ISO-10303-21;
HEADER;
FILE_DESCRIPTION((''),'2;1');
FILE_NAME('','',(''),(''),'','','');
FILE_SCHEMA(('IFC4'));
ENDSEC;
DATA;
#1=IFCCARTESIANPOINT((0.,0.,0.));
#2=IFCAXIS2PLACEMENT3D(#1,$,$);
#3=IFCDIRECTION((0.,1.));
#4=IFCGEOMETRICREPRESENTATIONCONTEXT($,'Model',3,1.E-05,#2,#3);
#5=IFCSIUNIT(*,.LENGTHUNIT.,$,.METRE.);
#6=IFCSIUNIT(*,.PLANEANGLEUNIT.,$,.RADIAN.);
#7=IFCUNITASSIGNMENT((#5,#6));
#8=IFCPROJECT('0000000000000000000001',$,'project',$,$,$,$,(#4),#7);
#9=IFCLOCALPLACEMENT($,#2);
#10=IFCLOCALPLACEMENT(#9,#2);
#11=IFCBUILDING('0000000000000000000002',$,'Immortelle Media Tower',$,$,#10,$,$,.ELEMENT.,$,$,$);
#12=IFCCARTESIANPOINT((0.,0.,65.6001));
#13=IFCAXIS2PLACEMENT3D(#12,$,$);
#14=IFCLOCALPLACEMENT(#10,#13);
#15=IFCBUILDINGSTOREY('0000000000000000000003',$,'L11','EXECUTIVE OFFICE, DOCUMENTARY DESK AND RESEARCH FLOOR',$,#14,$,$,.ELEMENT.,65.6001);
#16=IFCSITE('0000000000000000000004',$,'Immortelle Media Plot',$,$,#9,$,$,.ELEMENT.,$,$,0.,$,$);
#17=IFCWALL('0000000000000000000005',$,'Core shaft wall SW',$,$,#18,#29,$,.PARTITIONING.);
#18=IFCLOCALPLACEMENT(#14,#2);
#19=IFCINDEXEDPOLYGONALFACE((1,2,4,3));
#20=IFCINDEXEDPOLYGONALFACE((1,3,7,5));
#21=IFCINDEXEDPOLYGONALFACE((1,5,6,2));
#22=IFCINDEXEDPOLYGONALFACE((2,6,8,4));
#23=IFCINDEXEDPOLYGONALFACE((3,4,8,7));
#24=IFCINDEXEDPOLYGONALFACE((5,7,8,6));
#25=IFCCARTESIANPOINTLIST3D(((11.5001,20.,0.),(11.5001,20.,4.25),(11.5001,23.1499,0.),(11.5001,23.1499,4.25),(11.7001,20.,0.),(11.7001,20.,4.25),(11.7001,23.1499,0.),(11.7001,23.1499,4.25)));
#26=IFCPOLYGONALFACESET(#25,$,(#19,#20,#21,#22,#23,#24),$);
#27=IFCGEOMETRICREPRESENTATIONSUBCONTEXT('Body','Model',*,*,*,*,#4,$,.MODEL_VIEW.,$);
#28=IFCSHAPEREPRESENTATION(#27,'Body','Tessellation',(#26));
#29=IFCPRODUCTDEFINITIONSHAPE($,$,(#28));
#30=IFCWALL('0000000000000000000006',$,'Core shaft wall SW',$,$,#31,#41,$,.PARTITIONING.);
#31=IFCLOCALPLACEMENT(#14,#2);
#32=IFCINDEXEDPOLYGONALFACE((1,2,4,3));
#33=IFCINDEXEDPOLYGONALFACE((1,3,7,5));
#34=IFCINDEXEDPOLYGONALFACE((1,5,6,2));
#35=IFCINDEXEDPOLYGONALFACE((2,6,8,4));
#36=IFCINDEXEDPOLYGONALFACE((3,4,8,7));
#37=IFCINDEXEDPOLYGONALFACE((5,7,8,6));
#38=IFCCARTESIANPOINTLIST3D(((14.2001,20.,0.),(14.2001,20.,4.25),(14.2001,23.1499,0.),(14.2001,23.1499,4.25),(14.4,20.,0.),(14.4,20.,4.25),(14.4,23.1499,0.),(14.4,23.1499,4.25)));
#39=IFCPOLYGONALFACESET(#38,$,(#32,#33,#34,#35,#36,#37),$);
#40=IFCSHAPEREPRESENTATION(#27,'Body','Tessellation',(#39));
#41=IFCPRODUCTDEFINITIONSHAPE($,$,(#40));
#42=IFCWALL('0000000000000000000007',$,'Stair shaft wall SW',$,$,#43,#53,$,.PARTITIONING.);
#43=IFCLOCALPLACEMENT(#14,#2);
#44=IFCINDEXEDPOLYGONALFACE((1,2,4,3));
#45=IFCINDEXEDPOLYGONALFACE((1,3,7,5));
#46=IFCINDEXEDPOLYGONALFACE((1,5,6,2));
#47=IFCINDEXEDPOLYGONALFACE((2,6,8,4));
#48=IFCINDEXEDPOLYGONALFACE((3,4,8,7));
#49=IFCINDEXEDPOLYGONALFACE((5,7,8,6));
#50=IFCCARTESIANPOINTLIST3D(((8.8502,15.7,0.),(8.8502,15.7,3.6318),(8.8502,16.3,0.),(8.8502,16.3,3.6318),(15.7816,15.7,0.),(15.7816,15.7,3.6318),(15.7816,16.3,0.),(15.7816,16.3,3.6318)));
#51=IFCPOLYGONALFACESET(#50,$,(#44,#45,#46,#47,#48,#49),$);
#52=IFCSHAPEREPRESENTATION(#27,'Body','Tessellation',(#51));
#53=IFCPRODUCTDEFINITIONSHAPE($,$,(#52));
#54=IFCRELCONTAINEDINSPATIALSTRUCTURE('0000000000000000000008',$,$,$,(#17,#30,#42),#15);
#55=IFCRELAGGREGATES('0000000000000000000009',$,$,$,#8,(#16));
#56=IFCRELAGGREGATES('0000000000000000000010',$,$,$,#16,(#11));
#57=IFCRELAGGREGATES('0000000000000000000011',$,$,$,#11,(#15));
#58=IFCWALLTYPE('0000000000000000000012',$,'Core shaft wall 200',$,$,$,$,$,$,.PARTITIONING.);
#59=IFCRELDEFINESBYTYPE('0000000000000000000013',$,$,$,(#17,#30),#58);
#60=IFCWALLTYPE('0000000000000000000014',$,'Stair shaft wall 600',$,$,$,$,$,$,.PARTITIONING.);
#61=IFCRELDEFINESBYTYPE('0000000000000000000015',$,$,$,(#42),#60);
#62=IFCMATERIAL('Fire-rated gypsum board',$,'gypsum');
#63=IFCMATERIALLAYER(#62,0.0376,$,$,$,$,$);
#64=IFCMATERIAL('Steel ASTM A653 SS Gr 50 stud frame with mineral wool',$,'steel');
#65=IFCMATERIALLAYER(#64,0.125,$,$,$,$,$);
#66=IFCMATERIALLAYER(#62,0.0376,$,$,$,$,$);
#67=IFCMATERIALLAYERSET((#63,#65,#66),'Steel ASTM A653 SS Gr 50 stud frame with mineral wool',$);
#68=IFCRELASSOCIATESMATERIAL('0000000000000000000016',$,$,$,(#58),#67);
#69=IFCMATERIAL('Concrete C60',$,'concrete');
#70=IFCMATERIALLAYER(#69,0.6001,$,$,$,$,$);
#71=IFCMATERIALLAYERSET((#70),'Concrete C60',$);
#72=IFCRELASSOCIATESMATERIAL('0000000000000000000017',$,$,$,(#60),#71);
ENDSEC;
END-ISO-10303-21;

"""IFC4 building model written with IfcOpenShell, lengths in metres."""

from ifc_helpers import new_model, si_unit, direction, frame, frame_2d, origin, place, context, subcontext, project, spatial, rectangle, extrude, material, layer, layer_set, type_object, element, save


model = new_model("IFC4")

# Units and contexts
model_context = context("Model", 3, precision=1e-05, world=origin(), true_north=direction((0.0, 1.0)))
body_context = subcontext(model_context, "Body", "Model", "MODEL_VIEW")
ifc_project = project(units=[si_unit("LENGTHUNIT", "METRE"), si_unit("PLANEANGLEUNIT", "RADIAN")], contexts=[model_context])

# Site, building, storey
site_placement = place(None, origin())
site = spatial("IfcSite", under=ifc_project, at=site_placement, Name="Immortelle Media Plot", CompositionType="ELEMENT", RefElevation=0.0)
building_placement = place(site_placement, origin())
building = spatial("IfcBuilding", under=site, at=building_placement, Name="Immortelle Media Tower", CompositionType="ELEMENT")
storey_placement = place(building_placement, frame((0.0, 0.0, 65.6001)))
storey = spatial("IfcBuildingStorey", under=building, at=storey_placement, Name="L11", Description="EXECUTIVE OFFICE, DOCUMENTARY DESK AND RESEARCH FLOOR", CompositionType="ELEMENT", Elevation=65.6001)

# Shared definitions
ifc_material_1 = material(Name="Fire-rated gypsum board", Category="gypsum")
ifc_material_2 = material(Name="Steel ASTM A653 SS Gr 50 stud frame with mineral wool", Category="steel")

# Shared definitions
ifc_layer_1 = layer(ifc_material_1, 0.0376)
ifc_layer_2 = layer(ifc_material_2, 0.125)
ifc_layer_3 = layer(ifc_material_1, 0.0376)
ifc_layer_set_1 = layer_set([ifc_layer_1, ifc_layer_2, ifc_layer_3], Name="Steel ASTM A653 SS Gr 50 stud frame with mineral wool")
wall_type_1 = type_object("IfcWallType", Name="Core shaft wall 200", PredefinedType="PARTITIONING", material=ifc_layer_set_1)

# Walls
for number, where, z_axis, x_axis, name in (
    (1, (11.6001, 20.0, 0.0), (0.0, 0.0, 1.0), (0.0, 1.0, 0.0), "Core shaft wall SW"),
    (2, (14.3, 20.0, 0.0), (0.0, 0.0, 1.0), (0.0, 1.0, 0.0), "Core shaft wall SW"),
):
    element("IfcWall", number, at=place(storey_placement, frame(where, z_axis=z_axis, x_axis=x_axis)), inside=storey, type_object=wall_type_1, Name=name, PredefinedType="PARTITIONING", context=body_context, shape_type="SweptSolid", body=[
        extrude(rectangle(XDim=3.1499, YDim=0.2, at=frame_2d((1.575, 0.0))), origin(), (0.0, 0.0, 1.0), 4.25),
    ])
ifc_material_3 = material(Name="Concrete C60", Category="concrete")
ifc_layer_4 = layer(ifc_material_3, 0.6001)
ifc_layer_set_2 = layer_set([ifc_layer_4], Name="Concrete C60")
wall_type_2 = type_object("IfcWallType", Name="Stair shaft wall 600", PredefinedType="PARTITIONING", material=ifc_layer_set_2)
wall_1_placement = place(storey_placement, frame((8.8501, 16.0, 0.0), z_axis=(0.0, 0.0, 1.0), x_axis=(1.0, 0.0, 0.0)))
element("IfcWall", 3, at=wall_1_placement, inside=storey, type_object=wall_type_2, Name="Stair shaft wall SW", PredefinedType="PARTITIONING", context=body_context, shape_type="SweptSolid", body=[
    extrude(rectangle(XDim=6.9314, YDim=0.6001, at=frame_2d((3.4658, 0.0))), origin(), (0.0, 0.0, 1.0), 3.6318),
])

save(model, "model.ifc")
